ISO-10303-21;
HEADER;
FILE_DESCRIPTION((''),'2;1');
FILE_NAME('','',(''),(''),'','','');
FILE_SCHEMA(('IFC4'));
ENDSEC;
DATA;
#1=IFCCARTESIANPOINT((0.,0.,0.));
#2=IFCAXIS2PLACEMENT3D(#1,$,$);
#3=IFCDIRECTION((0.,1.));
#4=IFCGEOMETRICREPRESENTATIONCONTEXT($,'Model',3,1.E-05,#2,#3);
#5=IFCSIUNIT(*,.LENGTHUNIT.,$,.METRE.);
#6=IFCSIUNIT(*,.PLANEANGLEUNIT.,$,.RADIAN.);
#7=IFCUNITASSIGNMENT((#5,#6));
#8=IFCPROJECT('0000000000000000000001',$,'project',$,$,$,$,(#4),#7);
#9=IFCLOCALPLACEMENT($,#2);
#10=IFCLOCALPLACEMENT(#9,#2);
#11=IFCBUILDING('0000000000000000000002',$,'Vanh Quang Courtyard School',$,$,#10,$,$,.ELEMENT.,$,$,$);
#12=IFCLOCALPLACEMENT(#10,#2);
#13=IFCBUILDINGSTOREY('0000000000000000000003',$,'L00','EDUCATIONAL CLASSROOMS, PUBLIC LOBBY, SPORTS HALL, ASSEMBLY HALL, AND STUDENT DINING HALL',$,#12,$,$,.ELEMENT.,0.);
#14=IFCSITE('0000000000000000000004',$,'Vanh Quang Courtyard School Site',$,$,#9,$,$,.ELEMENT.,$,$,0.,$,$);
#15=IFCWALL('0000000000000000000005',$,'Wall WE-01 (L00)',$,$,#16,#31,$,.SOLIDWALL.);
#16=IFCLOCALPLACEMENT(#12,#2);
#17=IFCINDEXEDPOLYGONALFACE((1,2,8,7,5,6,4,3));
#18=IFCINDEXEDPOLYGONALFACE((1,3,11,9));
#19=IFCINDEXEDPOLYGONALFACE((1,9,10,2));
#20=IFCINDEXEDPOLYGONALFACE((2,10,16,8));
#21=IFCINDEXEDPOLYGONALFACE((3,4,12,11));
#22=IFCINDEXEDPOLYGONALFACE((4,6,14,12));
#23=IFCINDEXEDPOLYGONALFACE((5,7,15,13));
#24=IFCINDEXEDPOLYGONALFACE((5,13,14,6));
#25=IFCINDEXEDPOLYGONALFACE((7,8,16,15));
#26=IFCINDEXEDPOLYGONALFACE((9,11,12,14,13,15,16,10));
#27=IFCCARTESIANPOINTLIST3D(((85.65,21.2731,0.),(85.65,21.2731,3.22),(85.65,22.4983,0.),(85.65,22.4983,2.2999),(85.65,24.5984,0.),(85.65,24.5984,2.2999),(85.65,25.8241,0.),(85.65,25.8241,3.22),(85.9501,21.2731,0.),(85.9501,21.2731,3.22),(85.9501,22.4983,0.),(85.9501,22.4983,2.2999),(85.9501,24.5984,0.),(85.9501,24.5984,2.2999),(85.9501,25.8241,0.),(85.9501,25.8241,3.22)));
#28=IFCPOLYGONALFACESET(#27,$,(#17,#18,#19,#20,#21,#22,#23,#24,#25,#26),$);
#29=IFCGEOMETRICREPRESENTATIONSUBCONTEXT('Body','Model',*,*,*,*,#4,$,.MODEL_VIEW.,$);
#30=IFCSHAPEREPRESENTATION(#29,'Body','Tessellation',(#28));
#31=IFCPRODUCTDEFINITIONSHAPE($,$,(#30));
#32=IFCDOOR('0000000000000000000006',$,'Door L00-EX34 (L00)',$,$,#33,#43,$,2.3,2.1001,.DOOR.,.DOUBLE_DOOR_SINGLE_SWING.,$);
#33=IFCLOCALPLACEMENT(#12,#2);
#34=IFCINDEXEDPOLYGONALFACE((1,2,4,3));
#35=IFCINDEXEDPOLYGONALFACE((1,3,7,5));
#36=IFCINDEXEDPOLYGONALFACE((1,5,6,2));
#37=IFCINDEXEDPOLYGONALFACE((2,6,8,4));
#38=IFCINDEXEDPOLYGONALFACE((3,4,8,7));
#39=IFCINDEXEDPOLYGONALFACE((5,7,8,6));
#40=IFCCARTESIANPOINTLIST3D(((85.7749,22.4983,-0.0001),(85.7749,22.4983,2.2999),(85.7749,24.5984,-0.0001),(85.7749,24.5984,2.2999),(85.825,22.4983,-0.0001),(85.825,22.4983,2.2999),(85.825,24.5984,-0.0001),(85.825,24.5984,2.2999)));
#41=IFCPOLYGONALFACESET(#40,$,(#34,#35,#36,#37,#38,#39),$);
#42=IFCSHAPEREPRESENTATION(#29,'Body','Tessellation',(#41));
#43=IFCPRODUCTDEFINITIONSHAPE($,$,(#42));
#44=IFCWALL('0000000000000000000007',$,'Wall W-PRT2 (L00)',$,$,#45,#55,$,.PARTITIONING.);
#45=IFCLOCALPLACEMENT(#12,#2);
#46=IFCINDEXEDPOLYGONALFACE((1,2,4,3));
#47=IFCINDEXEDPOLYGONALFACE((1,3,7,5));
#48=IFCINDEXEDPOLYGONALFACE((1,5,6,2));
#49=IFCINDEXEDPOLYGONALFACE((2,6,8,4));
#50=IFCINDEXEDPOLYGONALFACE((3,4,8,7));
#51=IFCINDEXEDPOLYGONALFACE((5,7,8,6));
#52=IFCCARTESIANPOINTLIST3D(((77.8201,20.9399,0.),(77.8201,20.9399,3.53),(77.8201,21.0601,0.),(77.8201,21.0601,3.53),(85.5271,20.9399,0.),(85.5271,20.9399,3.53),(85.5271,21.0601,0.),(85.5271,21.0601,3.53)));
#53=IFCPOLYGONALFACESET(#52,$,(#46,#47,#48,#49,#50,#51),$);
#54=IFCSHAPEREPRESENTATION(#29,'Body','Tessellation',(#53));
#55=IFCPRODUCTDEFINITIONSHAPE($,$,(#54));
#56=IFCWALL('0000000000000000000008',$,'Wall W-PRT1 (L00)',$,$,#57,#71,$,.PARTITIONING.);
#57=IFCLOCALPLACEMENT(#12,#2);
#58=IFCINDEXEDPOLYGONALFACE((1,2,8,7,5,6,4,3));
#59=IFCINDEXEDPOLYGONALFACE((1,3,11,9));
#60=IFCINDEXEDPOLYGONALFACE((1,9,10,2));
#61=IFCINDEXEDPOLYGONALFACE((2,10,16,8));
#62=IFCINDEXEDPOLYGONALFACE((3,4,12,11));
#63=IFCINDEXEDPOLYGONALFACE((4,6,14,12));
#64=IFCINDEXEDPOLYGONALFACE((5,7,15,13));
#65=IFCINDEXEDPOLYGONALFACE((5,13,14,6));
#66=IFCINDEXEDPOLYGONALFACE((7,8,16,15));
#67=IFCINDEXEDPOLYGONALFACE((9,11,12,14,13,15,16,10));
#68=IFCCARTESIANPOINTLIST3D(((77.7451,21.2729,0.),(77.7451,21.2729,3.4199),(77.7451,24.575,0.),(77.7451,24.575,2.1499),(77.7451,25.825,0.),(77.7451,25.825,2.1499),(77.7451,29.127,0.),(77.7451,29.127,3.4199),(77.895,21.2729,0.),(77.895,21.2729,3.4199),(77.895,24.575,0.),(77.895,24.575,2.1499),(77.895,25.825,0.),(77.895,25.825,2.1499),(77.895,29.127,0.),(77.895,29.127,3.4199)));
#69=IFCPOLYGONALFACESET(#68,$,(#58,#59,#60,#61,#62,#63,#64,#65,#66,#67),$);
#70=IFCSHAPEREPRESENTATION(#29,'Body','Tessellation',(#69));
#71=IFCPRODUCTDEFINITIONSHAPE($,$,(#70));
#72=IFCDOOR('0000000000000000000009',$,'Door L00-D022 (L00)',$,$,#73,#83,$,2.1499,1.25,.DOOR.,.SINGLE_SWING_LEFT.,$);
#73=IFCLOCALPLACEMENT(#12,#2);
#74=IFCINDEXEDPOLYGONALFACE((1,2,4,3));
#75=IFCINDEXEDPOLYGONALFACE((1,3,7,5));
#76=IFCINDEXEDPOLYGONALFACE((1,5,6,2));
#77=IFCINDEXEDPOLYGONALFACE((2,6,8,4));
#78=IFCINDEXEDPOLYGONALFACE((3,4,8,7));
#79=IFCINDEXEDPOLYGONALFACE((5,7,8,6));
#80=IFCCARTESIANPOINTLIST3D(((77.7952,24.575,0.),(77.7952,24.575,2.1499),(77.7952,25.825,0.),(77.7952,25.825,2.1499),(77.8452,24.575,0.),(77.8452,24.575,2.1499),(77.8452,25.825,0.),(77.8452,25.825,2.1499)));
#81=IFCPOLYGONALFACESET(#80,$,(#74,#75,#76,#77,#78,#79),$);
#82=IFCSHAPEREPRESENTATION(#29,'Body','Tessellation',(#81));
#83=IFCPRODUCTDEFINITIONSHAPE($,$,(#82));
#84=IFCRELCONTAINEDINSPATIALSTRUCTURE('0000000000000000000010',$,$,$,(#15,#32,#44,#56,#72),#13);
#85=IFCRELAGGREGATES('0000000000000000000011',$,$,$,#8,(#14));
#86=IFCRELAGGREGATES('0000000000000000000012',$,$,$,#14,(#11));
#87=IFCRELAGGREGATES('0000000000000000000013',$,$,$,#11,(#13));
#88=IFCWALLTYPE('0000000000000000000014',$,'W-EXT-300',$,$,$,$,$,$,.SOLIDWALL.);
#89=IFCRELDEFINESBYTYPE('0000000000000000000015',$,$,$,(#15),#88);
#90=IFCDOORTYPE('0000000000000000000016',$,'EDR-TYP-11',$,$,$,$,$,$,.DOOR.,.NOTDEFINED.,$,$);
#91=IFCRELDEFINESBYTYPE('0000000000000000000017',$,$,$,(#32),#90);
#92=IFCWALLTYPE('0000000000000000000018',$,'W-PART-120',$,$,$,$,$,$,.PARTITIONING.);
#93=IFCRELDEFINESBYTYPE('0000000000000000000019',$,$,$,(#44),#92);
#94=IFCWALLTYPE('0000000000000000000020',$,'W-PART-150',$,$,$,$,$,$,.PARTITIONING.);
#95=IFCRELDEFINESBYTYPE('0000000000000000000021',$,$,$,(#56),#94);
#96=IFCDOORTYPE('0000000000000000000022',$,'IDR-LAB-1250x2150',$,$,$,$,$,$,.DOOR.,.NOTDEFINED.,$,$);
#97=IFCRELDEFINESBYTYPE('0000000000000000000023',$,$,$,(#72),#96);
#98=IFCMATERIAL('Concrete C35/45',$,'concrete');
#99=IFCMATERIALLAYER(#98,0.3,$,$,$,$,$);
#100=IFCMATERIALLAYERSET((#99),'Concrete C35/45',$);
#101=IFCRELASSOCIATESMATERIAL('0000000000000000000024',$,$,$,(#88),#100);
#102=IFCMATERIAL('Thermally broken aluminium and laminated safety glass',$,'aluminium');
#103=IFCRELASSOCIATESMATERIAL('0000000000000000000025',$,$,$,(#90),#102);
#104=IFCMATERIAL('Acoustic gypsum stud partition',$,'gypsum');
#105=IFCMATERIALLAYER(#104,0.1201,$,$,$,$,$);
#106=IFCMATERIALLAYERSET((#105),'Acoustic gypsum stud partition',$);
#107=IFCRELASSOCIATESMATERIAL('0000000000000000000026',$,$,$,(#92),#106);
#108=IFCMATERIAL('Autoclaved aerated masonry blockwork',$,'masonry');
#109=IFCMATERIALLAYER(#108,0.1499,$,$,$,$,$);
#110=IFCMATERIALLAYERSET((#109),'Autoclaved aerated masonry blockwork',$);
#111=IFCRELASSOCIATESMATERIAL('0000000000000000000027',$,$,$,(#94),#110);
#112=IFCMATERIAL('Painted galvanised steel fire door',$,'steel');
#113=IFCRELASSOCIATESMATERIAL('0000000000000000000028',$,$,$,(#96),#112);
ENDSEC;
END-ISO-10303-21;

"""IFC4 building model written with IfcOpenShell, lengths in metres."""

from ifc_helpers import new_model, si_unit, direction, frame, frame_2d, origin, place, context, subcontext, project, spatial, rectangle, extrude, material, layer, layer_set, type_object, element, fill, save


model = new_model("IFC4")

# Units and contexts
model_context = context("Model", 3, precision=1e-05, world=origin(), true_north=direction((0.0, 1.0)))
body_context = subcontext(model_context, "Body", "Model", "MODEL_VIEW")
ifc_project = project(units=[si_unit("LENGTHUNIT", "METRE"), si_unit("PLANEANGLEUNIT", "RADIAN")], contexts=[model_context])

# Site, building, storey
site_placement = place(None, origin())
site = spatial("IfcSite", under=ifc_project, at=site_placement, Name="Vanh Quang Courtyard School Site", CompositionType="ELEMENT", RefElevation=0.0)
building_placement = place(site_placement, origin())
building = spatial("IfcBuilding", under=site, at=building_placement, Name="Vanh Quang Courtyard School", CompositionType="ELEMENT")
storey_placement = place(building_placement, origin())
storey = spatial("IfcBuildingStorey", under=building, at=storey_placement, Name="L00", Description="EDUCATIONAL CLASSROOMS, PUBLIC LOBBY, SPORTS HALL, ASSEMBLY HALL, AND STUDENT DINING HALL", CompositionType="ELEMENT", Elevation=0.0)

# Shared definitions
ifc_material_1 = material(Name="Concrete C35/45", Category="concrete")

# Wall, opening, door
ifc_layer_1 = layer(ifc_material_1, 0.3)
ifc_layer_set_1 = layer_set([ifc_layer_1], Name="Concrete C35/45")
wall_type_1 = type_object("IfcWallType", Name="W-EXT-300", PredefinedType="SOLIDWALL", material=ifc_layer_set_1)
wall_1_placement = place(storey_placement, frame((85.8, 25.824, 0.0), z_axis=(0.0, 0.0, 1.0), x_axis=(0.0, -1.0, 0.0)))
wall_1 = element("IfcWall", 1, at=wall_1_placement, inside=storey, type_object=wall_type_1, Name="Wall WE-01 (L00)", PredefinedType="SOLIDWALL", context=body_context, shape_type="SweptSolid", body=[
    extrude(rectangle(XDim=4.551, YDim=0.3, at=frame_2d((2.2754, 0.0))), origin(), (0.0, 0.0, 1.0), 3.22),
])
opening_1_placement = place(wall_1_placement, frame((1.2256, 0.0, 0.0)))
opening_1 = element("IfcOpeningElement", 2, at=opening_1_placement, cuts=wall_1, PredefinedType="OPENING", context=body_context, shape_type="SweptSolid", body=[
    extrude(rectangle(XDim=2.1001, YDim=2.3, at=frame_2d((1.05, 1.1499))), frame((0.0, 0.1602, 0.0), z_axis=(0.0, -1.0, 0.0), x_axis=(1.0, 0.0, 0.0)), (0.0, 0.0, 1.0), 0.3201),
])
ifc_material_2 = material(Name="Thermally broken aluminium and laminated safety glass", Category="aluminium")
door_type_1 = type_object("IfcDoorType", Name="EDR-TYP-11", OperationType="NOTDEFINED", PredefinedType="DOOR", material=ifc_material_2)
door_1_placement = place(opening_1_placement, origin())
door_1 = element("IfcDoor", 3, at=door_1_placement, inside=storey, type_object=door_type_1, Name="Door L00-EX34 (L00)", OperationType="DOUBLE_DOOR_SINGLE_SWING", OverallHeight=2.3, OverallWidth=2.1001, PredefinedType="DOOR", context=body_context, shape_type="SweptSolid", body=[
    extrude(rectangle(XDim=2.1001, YDim=2.3, at=frame_2d((1.05, 1.1499))), frame((0.0, 0.0249, 0.0), z_axis=(0.0, -1.0, 0.0), x_axis=(1.0, 0.0, 0.0)), (0.0, 0.0, 1.0), 0.05),
])
fill(opening_1, door_1)

# Wall
ifc_material_3 = material(Name="Acoustic gypsum stud partition", Category="gypsum")
ifc_layer_2 = layer(ifc_material_3, 0.1201)
ifc_layer_set_2 = layer_set([ifc_layer_2], Name="Acoustic gypsum stud partition")
wall_type_2 = type_object("IfcWallType", Name="W-PART-120", PredefinedType="PARTITIONING", material=ifc_layer_set_2)
wall_2_placement = place(storey_placement, frame((77.8201, 21.0, 0.0), z_axis=(0.0, 0.0, 1.0), x_axis=(1.0, 0.0, 0.0)))
element("IfcWall", 4, at=wall_2_placement, inside=storey, type_object=wall_type_2, Name="Wall W-PRT2 (L00)", PredefinedType="PARTITIONING", context=body_context, shape_type="SweptSolid", body=[
    extrude(rectangle(XDim=7.707, YDim=0.1201, at=frame_2d((3.8535, 0.0))), origin(), (0.0, 0.0, 1.0), 3.53),
])

# Wall, opening, door
ifc_material_4 = material(Name="Autoclaved aerated masonry blockwork", Category="masonry")
ifc_layer_3 = layer(ifc_material_4, 0.1499)
ifc_layer_set_3 = layer_set([ifc_layer_3], Name="Autoclaved aerated masonry blockwork")
wall_type_3 = type_object("IfcWallType", Name="W-PART-150", PredefinedType="PARTITIONING", material=ifc_layer_set_3)
wall_3_placement = place(storey_placement, frame((77.8201, 21.2729, 0.0), z_axis=(0.0, 0.0, 1.0), x_axis=(0.0, 1.0, 0.0)))
wall_3 = element("IfcWall", 5, at=wall_3_placement, inside=storey, type_object=wall_type_3, Name="Wall W-PRT1 (L00)", PredefinedType="PARTITIONING", context=body_context, shape_type="SweptSolid", body=[
    extrude(rectangle(XDim=7.854, YDim=0.1499, at=frame_2d((3.927, 0.0))), origin(), (0.0, 0.0, 1.0), 3.4199),
])
opening_2_placement = place(wall_3_placement, frame((3.302, 0.0, 0.0)))
opening_2 = element("IfcOpeningElement", 6, at=opening_2_placement, cuts=wall_3, PredefinedType="OPENING", context=body_context, shape_type="SweptSolid", body=[
    extrude(rectangle(XDim=1.25, YDim=2.1499, at=frame_2d((0.625, 1.075))), frame((0.0, 0.085, 0.0), z_axis=(0.0, -1.0, 0.0), x_axis=(1.0, 0.0, 0.0)), (0.0, 0.0, 1.0), 0.1699),
])
ifc_material_5 = material(Name="Painted galvanised steel fire door", Category="steel")
door_type_2 = type_object("IfcDoorType", Name="IDR-LAB-1250x2150", OperationType="NOTDEFINED", PredefinedType="DOOR", material=ifc_material_5)
door_2_placement = place(opening_2_placement, origin())
door_2 = element("IfcDoor", 7, at=door_2_placement, inside=storey, type_object=door_type_2, Name="Door L00-D022 (L00)", OperationType="SINGLE_SWING_LEFT", OverallHeight=2.1499, OverallWidth=1.25, PredefinedType="DOOR", context=body_context, shape_type="SweptSolid", body=[
    extrude(rectangle(XDim=1.25, YDim=2.1499, at=frame_2d((0.625, 1.075))), frame((0.0, 0.0249, 0.0), z_axis=(0.0, -1.0, 0.0), x_axis=(1.0, 0.0, 0.0)), (0.0, 0.0, 1.0), 0.05),
])
fill(opening_2, door_2)

save(model, "model.ifc")
